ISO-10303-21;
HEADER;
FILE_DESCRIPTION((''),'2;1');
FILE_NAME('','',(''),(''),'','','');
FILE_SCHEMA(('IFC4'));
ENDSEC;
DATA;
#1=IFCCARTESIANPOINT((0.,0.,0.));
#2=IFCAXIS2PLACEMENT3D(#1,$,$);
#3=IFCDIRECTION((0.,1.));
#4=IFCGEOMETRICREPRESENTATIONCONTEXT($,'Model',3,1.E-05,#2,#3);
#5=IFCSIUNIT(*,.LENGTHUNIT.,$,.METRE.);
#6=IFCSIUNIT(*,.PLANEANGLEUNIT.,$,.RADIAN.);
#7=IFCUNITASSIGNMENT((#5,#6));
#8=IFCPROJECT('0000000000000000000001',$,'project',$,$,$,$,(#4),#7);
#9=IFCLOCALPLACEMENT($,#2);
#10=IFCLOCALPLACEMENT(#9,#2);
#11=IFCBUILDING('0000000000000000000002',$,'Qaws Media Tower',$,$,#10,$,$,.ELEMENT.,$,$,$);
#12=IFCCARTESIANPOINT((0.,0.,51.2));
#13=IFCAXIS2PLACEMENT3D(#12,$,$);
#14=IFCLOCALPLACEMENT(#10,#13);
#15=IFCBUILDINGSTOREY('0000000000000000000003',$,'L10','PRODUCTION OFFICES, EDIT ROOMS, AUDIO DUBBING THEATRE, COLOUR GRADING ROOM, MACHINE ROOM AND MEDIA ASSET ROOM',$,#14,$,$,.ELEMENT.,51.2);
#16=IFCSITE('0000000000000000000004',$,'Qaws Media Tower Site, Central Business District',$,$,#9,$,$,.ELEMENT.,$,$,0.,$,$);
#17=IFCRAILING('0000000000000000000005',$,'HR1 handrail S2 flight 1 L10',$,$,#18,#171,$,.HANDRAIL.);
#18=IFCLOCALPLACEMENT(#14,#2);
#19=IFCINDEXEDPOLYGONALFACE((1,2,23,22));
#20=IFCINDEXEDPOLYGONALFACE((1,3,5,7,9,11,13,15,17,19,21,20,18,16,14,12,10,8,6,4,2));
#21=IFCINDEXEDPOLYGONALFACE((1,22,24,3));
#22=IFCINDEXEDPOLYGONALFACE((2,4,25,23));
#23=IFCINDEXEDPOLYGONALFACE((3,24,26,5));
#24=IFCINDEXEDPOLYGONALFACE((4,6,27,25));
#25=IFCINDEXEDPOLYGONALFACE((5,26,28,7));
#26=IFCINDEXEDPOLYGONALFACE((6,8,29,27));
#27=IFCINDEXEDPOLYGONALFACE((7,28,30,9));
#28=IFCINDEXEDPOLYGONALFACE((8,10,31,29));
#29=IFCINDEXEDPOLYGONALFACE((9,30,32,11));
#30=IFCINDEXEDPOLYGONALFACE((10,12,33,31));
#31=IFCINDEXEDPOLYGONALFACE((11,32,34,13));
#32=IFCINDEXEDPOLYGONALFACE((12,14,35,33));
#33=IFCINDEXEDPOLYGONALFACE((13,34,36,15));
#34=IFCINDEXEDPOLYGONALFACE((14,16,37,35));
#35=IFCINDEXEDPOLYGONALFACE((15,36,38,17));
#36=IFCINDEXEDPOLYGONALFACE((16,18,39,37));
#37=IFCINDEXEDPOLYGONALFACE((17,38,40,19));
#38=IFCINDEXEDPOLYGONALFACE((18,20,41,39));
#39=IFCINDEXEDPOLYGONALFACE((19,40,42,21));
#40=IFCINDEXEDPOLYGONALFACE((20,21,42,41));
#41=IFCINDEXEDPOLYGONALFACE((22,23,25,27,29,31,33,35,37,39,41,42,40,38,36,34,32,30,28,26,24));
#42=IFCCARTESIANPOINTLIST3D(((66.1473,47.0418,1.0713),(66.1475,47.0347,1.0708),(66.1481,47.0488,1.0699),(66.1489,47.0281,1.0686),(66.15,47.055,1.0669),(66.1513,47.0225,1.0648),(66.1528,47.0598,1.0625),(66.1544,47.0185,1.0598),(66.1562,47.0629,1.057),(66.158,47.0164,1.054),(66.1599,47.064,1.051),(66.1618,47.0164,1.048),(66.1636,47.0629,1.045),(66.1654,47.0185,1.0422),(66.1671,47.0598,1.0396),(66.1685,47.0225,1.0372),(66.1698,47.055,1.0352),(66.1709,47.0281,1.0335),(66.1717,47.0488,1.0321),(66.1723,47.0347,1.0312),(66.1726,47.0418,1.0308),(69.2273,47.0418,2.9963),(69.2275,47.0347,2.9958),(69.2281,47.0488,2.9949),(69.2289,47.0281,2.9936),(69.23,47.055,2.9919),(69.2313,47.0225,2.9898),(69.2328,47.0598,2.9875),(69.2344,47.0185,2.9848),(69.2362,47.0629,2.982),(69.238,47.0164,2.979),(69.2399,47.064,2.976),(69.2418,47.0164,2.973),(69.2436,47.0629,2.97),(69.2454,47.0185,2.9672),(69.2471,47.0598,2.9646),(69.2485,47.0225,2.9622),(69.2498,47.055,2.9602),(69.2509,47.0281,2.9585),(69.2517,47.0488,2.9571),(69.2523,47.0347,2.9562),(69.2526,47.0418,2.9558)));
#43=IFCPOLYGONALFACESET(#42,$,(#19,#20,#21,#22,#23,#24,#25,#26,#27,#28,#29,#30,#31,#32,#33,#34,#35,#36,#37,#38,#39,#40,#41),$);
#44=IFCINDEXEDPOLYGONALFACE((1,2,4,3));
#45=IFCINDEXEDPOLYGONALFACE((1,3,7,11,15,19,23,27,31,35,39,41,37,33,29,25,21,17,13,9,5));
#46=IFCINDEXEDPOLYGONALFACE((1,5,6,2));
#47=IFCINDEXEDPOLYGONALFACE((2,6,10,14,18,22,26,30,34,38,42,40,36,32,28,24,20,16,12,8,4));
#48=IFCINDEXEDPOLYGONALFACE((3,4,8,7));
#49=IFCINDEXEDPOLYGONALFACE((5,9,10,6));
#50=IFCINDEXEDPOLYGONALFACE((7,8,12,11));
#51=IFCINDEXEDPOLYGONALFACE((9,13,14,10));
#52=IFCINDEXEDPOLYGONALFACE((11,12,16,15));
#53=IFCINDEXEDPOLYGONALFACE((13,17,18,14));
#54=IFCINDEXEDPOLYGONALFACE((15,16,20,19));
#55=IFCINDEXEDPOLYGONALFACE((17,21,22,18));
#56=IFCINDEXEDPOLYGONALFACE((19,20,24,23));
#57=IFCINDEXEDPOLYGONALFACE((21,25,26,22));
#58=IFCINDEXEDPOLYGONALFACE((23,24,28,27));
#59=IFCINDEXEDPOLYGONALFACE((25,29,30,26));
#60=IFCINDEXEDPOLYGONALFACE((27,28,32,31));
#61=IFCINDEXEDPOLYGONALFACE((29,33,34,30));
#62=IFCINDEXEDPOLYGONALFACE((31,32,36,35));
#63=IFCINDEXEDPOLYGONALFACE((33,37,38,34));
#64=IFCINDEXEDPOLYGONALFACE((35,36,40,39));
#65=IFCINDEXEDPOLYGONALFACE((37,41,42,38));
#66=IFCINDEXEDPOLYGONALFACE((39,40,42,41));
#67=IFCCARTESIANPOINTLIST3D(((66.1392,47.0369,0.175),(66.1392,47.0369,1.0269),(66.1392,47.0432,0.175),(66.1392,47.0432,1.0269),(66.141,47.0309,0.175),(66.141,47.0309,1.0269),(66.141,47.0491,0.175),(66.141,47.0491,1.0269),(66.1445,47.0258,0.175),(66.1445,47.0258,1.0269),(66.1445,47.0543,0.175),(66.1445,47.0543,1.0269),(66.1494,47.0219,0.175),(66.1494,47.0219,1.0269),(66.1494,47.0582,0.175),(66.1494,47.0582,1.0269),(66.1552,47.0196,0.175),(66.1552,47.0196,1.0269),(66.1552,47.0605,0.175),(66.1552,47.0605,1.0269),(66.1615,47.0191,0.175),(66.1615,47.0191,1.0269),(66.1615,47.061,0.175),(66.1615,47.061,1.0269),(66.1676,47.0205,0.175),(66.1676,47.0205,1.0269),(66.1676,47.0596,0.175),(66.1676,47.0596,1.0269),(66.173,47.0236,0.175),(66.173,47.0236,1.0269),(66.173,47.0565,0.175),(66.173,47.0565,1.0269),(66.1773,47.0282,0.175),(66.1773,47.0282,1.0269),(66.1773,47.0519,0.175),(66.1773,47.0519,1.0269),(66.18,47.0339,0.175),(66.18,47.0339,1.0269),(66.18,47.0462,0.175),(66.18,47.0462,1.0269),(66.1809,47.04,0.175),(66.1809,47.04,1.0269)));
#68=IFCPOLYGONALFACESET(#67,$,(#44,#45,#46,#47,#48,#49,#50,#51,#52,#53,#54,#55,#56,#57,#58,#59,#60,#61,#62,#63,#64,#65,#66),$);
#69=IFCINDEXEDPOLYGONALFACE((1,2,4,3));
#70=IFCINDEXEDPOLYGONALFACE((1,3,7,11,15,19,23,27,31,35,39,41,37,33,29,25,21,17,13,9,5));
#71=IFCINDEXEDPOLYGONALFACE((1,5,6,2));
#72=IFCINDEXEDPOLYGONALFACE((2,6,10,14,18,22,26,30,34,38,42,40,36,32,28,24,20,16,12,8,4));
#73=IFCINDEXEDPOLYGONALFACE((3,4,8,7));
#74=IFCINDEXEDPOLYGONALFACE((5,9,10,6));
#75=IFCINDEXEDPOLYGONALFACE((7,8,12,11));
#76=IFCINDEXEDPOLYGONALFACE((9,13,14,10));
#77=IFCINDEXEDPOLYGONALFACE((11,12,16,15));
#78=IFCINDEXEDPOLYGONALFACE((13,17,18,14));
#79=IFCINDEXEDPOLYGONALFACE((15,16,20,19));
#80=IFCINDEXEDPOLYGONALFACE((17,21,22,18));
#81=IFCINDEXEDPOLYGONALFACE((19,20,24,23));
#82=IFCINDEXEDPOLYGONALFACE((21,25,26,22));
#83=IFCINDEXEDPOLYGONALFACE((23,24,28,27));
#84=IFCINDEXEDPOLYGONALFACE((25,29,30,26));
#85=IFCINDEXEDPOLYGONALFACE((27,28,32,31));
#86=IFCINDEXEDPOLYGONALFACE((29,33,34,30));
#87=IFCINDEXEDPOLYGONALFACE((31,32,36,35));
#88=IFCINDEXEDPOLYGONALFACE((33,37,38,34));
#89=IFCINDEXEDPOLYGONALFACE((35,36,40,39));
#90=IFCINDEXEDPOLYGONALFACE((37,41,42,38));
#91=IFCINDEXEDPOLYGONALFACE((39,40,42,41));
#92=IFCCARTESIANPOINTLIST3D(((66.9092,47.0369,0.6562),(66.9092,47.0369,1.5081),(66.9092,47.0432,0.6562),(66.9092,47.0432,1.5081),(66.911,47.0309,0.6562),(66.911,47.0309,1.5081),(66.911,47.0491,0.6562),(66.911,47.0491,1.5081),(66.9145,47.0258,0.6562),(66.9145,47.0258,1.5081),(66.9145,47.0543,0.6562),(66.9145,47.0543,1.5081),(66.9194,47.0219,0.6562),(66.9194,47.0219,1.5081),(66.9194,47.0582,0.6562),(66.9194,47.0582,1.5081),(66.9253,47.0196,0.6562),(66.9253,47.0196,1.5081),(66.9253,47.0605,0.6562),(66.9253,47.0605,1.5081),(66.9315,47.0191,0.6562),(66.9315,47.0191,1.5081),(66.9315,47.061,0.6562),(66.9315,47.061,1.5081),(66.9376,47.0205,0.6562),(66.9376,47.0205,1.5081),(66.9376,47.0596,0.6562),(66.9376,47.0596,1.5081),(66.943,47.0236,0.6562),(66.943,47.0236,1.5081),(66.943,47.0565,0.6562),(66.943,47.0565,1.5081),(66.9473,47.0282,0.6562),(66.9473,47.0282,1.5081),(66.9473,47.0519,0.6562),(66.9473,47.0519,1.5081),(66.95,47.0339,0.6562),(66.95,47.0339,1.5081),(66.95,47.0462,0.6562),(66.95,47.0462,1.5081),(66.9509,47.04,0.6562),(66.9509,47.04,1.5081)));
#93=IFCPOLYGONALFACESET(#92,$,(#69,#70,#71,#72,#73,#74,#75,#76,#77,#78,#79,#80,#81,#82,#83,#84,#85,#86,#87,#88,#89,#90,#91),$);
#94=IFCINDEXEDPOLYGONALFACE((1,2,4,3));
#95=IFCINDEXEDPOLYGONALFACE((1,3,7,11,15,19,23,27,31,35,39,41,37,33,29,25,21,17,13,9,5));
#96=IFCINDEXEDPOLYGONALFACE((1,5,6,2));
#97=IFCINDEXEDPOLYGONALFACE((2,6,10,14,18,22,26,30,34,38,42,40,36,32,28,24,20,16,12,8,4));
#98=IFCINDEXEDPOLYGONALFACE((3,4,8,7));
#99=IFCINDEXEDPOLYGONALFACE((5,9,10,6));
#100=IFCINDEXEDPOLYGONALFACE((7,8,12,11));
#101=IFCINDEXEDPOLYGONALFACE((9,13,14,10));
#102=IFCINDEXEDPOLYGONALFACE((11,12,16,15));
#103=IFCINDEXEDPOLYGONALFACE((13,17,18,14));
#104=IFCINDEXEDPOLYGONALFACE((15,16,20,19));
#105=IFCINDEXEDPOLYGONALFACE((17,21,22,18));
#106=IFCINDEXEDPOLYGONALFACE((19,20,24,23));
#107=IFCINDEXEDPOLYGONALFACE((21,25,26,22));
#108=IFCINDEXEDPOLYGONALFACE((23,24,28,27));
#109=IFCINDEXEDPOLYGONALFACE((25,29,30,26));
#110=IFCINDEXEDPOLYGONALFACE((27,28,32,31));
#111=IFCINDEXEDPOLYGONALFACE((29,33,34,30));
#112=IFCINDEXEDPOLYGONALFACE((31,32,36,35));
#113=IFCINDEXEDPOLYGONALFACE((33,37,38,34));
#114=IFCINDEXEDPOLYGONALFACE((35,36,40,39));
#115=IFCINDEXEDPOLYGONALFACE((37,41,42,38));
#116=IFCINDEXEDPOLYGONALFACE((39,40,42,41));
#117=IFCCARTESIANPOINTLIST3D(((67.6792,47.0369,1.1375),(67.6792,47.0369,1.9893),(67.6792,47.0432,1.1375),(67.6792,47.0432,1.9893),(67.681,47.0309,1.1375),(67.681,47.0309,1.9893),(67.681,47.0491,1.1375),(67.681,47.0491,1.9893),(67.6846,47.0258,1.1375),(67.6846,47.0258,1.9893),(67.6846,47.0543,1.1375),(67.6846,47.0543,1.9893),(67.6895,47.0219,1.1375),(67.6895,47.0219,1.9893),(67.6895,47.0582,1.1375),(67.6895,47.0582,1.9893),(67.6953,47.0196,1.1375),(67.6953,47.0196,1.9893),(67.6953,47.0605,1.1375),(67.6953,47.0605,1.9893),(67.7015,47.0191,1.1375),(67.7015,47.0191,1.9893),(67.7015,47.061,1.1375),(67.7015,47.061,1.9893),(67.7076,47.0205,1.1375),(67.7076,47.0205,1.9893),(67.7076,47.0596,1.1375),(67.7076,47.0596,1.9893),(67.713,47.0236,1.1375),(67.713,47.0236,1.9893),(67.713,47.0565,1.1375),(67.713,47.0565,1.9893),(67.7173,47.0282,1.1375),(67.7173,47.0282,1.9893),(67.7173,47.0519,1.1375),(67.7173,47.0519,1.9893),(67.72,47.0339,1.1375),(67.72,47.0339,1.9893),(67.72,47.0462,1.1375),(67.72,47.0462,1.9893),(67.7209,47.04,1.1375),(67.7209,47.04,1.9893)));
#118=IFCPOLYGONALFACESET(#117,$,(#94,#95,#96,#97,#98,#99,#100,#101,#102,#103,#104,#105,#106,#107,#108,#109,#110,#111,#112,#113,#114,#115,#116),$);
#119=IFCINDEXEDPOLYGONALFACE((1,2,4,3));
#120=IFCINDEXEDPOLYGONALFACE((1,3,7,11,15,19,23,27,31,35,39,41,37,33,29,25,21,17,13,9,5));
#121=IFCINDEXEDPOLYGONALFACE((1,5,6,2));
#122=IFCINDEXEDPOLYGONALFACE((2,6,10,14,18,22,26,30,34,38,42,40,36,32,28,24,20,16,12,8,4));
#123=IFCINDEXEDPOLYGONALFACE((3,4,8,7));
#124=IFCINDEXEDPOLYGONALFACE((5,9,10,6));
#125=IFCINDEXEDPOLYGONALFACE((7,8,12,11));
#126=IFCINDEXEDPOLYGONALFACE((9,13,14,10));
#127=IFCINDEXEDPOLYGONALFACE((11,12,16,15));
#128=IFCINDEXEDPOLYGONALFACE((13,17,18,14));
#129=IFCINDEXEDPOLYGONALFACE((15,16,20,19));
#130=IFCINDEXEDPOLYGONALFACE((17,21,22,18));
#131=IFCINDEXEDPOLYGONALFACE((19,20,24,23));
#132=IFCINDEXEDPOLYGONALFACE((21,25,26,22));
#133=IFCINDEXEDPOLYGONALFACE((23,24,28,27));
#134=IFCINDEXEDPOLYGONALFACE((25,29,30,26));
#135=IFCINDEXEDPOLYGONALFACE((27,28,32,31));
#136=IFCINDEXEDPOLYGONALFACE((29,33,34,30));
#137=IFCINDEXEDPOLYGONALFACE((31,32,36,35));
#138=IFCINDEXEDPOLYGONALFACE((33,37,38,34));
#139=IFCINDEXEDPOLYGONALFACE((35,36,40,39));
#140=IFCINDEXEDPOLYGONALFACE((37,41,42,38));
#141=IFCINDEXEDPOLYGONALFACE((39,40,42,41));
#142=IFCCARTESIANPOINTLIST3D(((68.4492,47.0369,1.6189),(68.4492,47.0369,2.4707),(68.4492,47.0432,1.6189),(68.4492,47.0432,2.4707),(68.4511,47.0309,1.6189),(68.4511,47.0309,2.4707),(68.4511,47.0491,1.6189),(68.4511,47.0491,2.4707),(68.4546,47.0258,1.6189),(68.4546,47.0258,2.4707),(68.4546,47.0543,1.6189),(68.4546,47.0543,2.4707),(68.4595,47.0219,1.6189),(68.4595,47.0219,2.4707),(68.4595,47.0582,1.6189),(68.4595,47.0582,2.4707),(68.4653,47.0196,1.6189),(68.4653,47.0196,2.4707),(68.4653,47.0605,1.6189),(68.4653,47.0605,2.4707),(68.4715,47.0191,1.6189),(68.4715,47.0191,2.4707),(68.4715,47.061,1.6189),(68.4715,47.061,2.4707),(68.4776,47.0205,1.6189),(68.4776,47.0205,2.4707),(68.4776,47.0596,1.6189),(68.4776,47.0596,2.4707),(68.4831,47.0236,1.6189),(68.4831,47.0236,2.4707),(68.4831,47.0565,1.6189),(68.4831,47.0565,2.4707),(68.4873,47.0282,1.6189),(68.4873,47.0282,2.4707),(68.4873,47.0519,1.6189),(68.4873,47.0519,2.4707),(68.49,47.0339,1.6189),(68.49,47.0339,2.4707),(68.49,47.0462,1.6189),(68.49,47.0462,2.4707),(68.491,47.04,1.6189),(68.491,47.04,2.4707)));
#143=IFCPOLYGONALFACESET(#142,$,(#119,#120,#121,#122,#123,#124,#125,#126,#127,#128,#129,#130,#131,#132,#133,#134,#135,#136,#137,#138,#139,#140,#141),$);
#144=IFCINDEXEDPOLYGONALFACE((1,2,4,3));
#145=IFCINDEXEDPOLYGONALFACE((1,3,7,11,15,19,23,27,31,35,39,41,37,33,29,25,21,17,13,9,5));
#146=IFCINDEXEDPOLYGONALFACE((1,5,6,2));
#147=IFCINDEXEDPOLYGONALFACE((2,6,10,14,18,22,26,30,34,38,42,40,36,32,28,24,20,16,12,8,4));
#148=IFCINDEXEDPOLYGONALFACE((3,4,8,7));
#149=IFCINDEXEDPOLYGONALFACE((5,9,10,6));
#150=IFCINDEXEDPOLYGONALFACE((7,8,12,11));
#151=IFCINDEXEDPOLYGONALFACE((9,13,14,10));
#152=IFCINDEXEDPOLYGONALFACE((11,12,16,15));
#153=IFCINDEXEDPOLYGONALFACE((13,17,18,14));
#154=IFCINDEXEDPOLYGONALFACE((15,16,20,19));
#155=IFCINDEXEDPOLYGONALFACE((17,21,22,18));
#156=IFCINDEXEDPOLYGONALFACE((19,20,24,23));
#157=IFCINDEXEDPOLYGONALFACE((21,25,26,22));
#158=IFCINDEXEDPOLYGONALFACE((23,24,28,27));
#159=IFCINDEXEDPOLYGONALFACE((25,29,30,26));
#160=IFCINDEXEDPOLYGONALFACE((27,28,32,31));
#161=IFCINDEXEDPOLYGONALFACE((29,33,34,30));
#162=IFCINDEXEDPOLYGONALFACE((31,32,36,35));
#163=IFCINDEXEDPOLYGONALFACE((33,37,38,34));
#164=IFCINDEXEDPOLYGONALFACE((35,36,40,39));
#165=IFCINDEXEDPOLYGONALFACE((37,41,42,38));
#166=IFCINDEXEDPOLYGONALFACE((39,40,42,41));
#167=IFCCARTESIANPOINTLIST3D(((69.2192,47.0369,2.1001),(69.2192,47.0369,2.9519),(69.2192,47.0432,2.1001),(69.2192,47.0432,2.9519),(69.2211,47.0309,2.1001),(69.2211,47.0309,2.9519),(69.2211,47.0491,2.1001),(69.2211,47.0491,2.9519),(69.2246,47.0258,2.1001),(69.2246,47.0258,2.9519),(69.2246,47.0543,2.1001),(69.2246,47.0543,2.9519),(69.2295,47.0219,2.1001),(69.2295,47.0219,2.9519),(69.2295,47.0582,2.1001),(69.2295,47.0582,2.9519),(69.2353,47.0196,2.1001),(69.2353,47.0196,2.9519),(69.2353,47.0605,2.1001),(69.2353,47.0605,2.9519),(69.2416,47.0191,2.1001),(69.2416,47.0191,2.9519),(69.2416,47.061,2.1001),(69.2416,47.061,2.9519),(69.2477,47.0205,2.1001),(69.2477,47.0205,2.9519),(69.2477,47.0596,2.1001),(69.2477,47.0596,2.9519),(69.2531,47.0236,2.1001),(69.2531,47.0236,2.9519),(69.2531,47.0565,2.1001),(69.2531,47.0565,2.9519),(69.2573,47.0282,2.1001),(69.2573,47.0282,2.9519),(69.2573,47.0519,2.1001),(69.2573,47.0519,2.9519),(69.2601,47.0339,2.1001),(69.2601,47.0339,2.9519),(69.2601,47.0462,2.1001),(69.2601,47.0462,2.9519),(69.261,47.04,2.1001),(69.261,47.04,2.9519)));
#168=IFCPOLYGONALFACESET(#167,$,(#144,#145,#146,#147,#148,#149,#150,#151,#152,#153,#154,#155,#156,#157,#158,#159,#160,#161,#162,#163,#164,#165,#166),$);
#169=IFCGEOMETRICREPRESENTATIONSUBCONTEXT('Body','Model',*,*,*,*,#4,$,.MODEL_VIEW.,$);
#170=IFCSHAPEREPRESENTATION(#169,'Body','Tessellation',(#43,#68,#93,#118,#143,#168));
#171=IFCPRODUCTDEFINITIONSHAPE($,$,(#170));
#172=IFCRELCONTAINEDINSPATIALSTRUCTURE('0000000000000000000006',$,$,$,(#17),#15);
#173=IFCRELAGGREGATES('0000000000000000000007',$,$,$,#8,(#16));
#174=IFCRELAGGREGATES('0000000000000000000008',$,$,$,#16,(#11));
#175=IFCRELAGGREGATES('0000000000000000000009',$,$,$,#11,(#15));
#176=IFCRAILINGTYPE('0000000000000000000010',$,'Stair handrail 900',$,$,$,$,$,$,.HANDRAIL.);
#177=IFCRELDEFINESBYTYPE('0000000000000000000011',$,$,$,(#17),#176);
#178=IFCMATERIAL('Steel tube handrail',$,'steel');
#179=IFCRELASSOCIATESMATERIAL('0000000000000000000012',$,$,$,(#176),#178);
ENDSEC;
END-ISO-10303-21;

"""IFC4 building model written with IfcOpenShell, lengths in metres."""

from ifc_helpers import new_model, si_unit, direction, frame, origin, origin_2d, place, context, subcontext, project, spatial, circle, extrude, material, type_object, element, save


model = new_model("IFC4")

# Units and contexts
model_context = context("Model", 3, precision=1e-05, world=origin(), true_north=direction((0.0, 1.0)))
body_context = subcontext(model_context, "Body", "Model", "MODEL_VIEW")
ifc_project = project(units=[si_unit("LENGTHUNIT", "METRE"), si_unit("PLANEANGLEUNIT", "RADIAN")], contexts=[model_context])

# Site, building, storey
site_placement = place(None, origin())
site = spatial("IfcSite", under=ifc_project, at=site_placement, Name="Qaws Media Tower Site, Central Business District", CompositionType="ELEMENT", RefElevation=0.0)
building_placement = place(site_placement, origin())
building = spatial("IfcBuilding", under=site, at=building_placement, Name="Qaws Media Tower", CompositionType="ELEMENT")
storey_placement = place(building_placement, frame((0.0, 0.0, 51.2)))
storey = spatial("IfcBuildingStorey", under=building, at=storey_placement, Name="L10", Description="PRODUCTION OFFICES, EDIT ROOMS, AUDIO DUBBING THEATRE, COLOUR GRADING ROOM, MACHINE ROOM AND MEDIA ASSET ROOM", CompositionType="ELEMENT", Elevation=51.2)

# Railing
ifc_material_1 = material(Name="Steel tube handrail", Category="steel")
railing_type = type_object("IfcRailingType", Name="Stair handrail 900", PredefinedType="HANDRAIL", material=ifc_material_1)
railing_placement = place(storey_placement, frame((66.1599, 47.04, 0.175)))
element("IfcRailing", 1, at=railing_placement, inside=storey, type_object=railing_type, Name="HR1 handrail S2 flight 1 L10", PredefinedType="HANDRAIL", context=body_context, shape_type="SweptSolid", body=[
    extrude(circle(Radius=0.0239, at=origin_2d()), frame((0.0, 0.0, 0.876), z_axis=(0.847998, 0.0, 0.529999), x_axis=(0.0, 1.0, 0.0)), (0.0, 0.0, 1.0), 3.6321),
    extrude(circle(Radius=0.021, at=origin_2d()), origin(), (0.0, 0.0, 1.0), 0.8518),
    extrude(circle(Radius=0.021, at=origin_2d()), frame((0.77, 0.0, 0.4812)), (0.0, 0.0, 1.0), 0.8518),
    extrude(circle(Radius=0.021, at=origin_2d()), frame((1.54, 0.0, 0.9624)), (0.0, 0.0, 1.0), 0.8518),
    extrude(circle(Radius=0.021, at=origin_2d()), frame((2.3101, 0.0, 1.4438)), (0.0, 0.0, 1.0), 0.8518),
    extrude(circle(Radius=0.021, at=origin_2d()), frame((3.0801, 0.0, 1.925)), (0.0, 0.0, 1.0), 0.8518),
])

save(model, "model.ifc")
